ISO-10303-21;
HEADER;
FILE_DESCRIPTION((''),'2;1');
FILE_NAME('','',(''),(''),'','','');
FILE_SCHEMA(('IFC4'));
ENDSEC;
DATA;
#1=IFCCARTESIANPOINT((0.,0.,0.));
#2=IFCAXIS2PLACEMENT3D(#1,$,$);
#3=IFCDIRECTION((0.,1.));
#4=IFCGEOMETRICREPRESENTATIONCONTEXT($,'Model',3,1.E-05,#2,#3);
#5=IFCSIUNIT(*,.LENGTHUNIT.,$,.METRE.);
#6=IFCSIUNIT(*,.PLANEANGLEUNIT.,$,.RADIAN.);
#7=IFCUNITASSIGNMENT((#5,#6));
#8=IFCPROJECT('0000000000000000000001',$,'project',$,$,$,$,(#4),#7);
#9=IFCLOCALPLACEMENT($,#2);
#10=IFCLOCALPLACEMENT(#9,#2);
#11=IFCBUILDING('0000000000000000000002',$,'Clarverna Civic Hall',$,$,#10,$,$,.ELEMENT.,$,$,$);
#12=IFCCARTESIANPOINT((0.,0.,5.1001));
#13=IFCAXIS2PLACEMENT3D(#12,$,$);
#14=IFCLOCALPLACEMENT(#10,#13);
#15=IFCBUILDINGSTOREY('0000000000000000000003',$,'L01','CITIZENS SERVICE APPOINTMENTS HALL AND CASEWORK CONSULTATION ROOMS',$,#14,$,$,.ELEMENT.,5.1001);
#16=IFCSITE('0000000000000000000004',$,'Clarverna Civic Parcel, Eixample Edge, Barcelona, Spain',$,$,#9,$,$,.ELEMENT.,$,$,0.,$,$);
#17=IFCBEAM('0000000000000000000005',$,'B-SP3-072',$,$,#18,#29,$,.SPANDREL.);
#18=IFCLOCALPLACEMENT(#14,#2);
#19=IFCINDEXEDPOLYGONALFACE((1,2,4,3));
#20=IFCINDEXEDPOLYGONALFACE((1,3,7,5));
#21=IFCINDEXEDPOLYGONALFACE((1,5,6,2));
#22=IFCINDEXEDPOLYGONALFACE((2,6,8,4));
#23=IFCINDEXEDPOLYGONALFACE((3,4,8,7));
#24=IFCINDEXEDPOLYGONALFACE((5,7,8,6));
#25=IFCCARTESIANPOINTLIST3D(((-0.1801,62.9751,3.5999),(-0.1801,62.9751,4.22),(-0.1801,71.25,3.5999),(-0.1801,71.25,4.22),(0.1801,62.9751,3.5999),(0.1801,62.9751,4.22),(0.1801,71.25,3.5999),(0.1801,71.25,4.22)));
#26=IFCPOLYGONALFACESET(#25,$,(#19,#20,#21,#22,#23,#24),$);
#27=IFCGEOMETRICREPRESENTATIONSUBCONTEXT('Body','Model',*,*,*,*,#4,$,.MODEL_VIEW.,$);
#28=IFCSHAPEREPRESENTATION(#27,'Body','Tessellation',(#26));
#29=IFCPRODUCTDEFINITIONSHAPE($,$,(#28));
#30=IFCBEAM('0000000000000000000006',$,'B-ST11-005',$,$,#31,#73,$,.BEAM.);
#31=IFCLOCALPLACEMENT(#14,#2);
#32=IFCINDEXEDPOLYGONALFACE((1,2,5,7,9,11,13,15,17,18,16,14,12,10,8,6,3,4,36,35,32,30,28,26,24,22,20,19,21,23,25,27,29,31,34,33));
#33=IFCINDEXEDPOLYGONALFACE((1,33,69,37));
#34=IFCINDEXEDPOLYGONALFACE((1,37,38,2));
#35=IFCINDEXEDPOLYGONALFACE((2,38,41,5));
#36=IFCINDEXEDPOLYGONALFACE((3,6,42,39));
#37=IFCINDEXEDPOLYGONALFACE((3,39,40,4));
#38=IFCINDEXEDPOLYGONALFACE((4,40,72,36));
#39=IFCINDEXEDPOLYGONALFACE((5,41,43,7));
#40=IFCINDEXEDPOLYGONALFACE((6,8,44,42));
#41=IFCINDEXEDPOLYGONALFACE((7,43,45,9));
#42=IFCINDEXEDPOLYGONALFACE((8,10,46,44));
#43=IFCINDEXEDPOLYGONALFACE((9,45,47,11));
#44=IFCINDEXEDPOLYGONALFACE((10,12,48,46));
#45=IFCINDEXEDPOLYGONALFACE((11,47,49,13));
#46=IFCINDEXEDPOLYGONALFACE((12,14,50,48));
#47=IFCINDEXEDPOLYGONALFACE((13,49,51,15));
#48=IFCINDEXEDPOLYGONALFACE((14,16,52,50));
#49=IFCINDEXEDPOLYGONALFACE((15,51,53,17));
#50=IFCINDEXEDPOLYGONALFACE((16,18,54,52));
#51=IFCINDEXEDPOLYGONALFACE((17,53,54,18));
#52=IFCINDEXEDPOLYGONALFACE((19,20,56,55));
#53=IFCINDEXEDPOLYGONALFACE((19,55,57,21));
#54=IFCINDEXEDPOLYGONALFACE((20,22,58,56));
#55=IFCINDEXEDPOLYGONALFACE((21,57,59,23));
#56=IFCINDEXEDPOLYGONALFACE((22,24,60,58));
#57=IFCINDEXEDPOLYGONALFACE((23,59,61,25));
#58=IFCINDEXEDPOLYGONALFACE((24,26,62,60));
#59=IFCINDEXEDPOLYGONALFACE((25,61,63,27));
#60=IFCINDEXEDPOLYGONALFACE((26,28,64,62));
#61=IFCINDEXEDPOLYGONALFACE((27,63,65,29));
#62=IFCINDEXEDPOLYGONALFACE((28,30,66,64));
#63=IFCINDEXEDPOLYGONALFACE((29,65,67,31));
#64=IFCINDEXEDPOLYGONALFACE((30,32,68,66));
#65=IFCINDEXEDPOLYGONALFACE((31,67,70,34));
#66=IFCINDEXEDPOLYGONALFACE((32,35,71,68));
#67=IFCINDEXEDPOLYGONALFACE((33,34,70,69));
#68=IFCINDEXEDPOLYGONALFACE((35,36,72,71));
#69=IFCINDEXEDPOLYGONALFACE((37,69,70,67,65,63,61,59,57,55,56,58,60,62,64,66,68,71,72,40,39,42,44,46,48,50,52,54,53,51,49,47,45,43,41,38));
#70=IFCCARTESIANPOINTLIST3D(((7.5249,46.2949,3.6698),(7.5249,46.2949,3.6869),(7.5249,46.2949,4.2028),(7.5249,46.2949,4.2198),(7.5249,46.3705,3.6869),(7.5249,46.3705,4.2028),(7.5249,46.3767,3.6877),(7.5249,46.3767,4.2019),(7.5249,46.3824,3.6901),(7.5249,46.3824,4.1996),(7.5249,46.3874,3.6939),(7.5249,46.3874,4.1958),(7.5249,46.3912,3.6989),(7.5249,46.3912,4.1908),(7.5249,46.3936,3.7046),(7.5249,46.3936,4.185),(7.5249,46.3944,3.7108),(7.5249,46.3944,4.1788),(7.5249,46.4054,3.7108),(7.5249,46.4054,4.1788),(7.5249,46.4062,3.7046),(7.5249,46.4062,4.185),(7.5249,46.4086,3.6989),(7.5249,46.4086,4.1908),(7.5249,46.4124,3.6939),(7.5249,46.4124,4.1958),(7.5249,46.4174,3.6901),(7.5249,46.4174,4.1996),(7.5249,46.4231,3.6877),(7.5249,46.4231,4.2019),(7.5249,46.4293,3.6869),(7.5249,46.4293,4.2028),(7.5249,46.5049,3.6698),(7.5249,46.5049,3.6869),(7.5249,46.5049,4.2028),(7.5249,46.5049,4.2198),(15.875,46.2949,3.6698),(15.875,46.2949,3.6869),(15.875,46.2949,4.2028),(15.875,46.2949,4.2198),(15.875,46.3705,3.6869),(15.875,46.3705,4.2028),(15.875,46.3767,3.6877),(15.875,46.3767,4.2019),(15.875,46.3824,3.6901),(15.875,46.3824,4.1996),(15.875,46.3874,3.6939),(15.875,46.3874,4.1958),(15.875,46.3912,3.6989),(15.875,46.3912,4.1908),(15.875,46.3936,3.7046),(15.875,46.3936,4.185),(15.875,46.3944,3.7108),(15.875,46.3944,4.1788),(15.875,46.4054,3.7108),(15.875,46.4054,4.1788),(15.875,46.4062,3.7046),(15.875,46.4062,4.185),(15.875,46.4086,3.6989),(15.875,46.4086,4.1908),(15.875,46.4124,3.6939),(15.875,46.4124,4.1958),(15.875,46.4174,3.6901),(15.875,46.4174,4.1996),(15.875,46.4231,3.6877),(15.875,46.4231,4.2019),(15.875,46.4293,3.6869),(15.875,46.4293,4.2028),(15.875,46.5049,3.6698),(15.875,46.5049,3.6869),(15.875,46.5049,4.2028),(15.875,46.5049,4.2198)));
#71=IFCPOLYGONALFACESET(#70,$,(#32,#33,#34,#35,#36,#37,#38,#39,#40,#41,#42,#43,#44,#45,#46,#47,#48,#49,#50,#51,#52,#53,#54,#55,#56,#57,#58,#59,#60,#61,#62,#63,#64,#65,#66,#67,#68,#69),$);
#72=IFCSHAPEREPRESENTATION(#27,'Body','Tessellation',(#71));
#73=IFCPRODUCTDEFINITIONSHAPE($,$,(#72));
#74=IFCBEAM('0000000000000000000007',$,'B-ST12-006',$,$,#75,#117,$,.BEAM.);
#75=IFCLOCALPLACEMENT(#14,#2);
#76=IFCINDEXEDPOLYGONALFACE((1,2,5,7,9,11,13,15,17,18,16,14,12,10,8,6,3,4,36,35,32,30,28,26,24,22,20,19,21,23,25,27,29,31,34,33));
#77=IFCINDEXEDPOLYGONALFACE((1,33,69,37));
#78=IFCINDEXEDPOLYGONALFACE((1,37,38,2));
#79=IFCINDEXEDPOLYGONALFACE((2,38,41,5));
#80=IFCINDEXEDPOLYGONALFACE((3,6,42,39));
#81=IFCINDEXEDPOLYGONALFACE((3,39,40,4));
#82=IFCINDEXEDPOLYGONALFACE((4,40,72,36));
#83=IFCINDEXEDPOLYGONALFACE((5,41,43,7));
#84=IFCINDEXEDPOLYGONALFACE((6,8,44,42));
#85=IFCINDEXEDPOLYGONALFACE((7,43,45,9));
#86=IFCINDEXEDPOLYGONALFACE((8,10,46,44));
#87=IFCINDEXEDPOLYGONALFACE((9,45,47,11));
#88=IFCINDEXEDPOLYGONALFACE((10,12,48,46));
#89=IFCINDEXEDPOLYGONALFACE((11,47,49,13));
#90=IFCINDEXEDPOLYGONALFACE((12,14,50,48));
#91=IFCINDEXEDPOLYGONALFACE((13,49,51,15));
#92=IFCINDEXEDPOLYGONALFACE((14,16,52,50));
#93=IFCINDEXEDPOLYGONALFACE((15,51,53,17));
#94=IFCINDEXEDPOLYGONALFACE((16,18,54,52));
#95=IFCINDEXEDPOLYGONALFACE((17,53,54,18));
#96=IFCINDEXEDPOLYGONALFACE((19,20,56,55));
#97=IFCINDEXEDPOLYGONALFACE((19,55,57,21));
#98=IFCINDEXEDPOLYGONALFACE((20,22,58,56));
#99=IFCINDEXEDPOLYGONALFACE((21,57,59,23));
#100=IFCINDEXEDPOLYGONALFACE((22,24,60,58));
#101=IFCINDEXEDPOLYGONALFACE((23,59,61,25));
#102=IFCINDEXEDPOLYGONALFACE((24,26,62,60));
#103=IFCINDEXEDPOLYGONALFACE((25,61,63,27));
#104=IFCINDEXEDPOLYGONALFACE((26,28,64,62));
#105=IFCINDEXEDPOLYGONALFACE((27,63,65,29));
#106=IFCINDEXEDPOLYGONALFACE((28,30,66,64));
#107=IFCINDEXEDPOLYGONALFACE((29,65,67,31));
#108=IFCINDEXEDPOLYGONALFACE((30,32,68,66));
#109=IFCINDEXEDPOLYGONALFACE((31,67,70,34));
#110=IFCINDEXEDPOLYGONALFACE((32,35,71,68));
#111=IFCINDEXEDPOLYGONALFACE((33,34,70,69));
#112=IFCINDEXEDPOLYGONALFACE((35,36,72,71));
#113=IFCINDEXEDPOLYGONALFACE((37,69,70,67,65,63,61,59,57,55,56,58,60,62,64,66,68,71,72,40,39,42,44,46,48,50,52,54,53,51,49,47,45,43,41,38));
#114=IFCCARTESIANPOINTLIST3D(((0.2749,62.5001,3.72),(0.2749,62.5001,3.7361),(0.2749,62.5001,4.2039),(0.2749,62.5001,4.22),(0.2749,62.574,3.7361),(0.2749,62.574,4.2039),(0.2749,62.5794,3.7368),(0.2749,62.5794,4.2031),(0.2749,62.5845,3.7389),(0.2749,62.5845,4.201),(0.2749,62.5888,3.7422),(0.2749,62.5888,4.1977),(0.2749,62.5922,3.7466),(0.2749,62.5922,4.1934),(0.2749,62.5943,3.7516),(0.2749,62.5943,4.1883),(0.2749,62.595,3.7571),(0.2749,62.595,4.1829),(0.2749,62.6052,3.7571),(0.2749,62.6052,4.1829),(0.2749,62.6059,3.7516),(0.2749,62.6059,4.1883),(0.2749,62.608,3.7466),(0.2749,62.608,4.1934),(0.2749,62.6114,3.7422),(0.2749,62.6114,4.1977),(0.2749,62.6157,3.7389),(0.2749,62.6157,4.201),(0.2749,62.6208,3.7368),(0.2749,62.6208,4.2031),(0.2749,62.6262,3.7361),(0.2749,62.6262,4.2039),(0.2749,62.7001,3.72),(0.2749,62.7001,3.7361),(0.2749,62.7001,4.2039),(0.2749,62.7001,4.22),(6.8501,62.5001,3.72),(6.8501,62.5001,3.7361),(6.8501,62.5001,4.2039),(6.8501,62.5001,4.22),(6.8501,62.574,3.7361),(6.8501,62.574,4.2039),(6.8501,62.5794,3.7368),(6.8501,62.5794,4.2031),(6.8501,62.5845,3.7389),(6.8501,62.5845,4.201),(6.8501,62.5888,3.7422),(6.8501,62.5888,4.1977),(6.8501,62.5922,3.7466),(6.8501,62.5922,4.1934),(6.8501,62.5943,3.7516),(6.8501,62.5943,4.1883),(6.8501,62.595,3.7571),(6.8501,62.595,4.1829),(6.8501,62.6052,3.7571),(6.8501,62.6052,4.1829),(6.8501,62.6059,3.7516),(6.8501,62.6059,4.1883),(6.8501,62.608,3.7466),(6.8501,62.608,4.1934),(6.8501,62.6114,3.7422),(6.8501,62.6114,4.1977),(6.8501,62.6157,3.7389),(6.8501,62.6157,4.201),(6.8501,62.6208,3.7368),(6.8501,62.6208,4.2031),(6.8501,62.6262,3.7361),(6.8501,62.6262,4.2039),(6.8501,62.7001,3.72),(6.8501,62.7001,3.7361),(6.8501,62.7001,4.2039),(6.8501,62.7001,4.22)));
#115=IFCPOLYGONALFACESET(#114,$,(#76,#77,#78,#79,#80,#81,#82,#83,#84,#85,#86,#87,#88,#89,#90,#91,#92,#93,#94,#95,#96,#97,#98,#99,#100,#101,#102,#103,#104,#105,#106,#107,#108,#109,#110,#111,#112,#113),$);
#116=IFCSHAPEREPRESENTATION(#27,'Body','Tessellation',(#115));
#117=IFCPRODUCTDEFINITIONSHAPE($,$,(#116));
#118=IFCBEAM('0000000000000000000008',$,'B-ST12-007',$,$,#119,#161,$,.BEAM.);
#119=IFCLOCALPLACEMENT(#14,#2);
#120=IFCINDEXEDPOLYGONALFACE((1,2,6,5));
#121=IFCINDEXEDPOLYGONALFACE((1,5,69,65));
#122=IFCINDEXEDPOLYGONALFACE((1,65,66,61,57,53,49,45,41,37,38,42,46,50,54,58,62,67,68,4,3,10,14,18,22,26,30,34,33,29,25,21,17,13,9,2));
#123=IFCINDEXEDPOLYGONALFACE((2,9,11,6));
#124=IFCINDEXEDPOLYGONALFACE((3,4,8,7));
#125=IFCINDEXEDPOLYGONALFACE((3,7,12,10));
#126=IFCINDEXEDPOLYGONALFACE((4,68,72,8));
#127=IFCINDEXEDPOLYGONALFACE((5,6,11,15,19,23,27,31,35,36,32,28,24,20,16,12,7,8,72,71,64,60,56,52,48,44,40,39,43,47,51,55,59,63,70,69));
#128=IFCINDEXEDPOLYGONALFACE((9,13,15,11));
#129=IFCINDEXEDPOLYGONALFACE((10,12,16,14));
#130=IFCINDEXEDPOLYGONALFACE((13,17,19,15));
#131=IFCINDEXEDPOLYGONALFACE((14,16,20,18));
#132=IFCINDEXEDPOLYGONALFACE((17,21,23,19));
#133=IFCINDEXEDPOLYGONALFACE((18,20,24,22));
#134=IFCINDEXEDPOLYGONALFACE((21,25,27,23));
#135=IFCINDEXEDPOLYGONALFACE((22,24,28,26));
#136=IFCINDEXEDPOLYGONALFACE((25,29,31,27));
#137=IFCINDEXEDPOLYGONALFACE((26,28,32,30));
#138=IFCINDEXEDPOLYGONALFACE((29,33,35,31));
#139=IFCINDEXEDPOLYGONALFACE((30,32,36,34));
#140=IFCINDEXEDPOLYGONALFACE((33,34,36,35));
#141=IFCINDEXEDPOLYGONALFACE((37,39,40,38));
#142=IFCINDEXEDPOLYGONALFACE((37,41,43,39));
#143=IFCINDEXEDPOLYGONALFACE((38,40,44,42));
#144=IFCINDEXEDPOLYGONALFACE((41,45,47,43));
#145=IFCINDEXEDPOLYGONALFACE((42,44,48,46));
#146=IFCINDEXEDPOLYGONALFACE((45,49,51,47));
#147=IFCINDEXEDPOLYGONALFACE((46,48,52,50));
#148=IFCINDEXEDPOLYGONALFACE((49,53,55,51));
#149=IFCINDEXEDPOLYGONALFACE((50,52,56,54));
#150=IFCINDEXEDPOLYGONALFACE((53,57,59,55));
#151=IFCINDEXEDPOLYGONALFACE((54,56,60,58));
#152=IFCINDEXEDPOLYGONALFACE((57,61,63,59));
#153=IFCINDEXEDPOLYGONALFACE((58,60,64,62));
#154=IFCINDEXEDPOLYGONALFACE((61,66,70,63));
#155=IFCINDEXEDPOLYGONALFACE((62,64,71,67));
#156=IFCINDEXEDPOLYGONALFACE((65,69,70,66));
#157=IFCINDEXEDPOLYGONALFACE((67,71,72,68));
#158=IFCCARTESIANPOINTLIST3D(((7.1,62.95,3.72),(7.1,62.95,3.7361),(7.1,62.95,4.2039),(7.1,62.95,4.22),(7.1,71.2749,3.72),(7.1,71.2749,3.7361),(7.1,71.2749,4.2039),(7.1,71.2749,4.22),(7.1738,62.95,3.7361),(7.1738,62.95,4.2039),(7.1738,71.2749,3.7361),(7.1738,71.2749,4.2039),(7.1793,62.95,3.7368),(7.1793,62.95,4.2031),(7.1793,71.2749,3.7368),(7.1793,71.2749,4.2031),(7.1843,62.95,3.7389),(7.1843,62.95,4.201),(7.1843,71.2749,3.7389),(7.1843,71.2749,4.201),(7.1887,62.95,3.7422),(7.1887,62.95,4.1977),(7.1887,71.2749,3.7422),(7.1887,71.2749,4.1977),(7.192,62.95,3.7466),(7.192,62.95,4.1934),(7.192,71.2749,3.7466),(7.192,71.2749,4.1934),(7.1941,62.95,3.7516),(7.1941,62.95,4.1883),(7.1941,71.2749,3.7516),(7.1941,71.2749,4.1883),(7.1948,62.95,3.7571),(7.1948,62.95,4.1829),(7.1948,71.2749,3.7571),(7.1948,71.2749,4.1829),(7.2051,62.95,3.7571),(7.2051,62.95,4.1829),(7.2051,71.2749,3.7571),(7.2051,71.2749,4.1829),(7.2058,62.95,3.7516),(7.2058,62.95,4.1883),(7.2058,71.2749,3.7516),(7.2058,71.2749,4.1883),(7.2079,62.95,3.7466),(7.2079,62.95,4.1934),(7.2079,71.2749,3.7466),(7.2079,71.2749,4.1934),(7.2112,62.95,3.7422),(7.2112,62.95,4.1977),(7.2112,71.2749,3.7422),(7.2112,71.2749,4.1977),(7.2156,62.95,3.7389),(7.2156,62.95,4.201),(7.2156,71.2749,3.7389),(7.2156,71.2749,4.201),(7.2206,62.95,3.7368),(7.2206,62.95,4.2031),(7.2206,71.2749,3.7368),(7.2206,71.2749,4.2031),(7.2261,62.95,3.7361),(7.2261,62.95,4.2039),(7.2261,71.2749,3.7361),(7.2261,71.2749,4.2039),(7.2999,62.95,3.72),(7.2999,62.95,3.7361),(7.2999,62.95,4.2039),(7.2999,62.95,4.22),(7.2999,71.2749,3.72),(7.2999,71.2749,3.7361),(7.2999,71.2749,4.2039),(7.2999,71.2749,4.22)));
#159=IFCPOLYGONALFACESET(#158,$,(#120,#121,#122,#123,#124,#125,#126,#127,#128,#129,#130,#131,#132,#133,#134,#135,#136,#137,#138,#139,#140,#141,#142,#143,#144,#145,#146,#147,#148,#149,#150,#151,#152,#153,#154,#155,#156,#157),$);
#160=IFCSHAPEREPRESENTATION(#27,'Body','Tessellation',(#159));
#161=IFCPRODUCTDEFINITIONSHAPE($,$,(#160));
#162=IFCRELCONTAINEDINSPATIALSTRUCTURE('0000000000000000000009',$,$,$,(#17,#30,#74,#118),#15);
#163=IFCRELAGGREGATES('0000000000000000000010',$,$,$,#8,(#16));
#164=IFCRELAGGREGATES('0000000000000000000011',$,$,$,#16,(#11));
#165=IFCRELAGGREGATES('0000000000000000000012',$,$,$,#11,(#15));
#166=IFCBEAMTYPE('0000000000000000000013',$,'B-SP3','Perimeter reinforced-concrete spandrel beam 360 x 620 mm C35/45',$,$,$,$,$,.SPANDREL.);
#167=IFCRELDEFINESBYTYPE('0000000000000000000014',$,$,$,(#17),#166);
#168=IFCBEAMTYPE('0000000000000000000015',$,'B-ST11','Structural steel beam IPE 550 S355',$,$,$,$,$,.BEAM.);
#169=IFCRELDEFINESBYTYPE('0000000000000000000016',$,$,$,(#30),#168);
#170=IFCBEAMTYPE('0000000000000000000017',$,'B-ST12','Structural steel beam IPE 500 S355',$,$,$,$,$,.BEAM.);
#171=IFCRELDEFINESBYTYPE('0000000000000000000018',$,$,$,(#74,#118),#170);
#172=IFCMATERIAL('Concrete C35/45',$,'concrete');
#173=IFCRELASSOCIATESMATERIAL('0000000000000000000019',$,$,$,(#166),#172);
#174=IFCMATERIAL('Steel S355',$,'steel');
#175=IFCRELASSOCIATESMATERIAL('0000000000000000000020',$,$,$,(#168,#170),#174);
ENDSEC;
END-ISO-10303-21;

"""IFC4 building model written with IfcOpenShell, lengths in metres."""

from ifc_helpers import new_model, si_unit, direction, frame, origin, origin_2d, place, context, subcontext, project, spatial, rectangle, i_section, extrude, material, material_profile, profile_set, type_object, element, save


model = new_model("IFC4")

# Units and contexts
model_context = context("Model", 3, precision=1e-05, world=origin(), true_north=direction((0.0, 1.0)))
body_context = subcontext(model_context, "Body", "Model", "MODEL_VIEW")
ifc_project = project(units=[si_unit("LENGTHUNIT", "METRE"), si_unit("PLANEANGLEUNIT", "RADIAN")], contexts=[model_context])

# Site, building, storey
site_placement = place(None, origin())
site = spatial("IfcSite", under=ifc_project, at=site_placement, Name="Clarverna Civic Parcel, Eixample Edge, Barcelona, Spain", CompositionType="ELEMENT", RefElevation=0.0)
building_placement = place(site_placement, origin())
building = spatial("IfcBuilding", under=site, at=building_placement, Name="Clarverna Civic Hall", CompositionType="ELEMENT")
storey_placement = place(building_placement, frame((0.0, 0.0, 5.1001)))
storey = spatial("IfcBuildingStorey", under=building, at=storey_placement, Name="L01", Description="CITIZENS SERVICE APPOINTMENTS HALL AND CASEWORK CONSULTATION ROOMS", CompositionType="ELEMENT", Elevation=5.1001)

# Shared definitions
ifc_material_1 = material(Name="Concrete C35/45", Category="concrete")

# Beams
ifc_material_profile_1 = material_profile(ifc_material_1, rectangle(XDim=0.3601, YDim=0.6201, at=origin_2d()), Name="RC 360x620")
ifc_profile_set_1 = profile_set([ifc_material_profile_1], Name="Concrete C35/45")
beam_type_1 = type_object("IfcBeamType", Name="B-SP3", Description="Perimeter reinforced-concrete spandrel beam 360 x 620 mm C35/45", PredefinedType="SPANDREL", material=ifc_profile_set_1)
beam_1_placement = place(storey_placement, frame((0.0, 62.9751, 3.9099), z_axis=(0.0, 1.0, 0.0), x_axis=(-1.0, 0.0, 0.0)))
element("IfcBeam", 1, at=beam_1_placement, inside=storey, type_object=beam_type_1, Name="B-SP3-072", PredefinedType="SPANDREL", context=body_context, shape_type="SweptSolid", body=[
    extrude(rectangle(XDim=0.3601, YDim=0.6201, at=origin_2d()), origin(), (0.0, 0.0, 1.0), 8.2749),
])
ifc_material_2 = material(Name="Steel S355", Category="steel")
ifc_material_profile_2 = material_profile(ifc_material_2, i_section(OverallWidth=0.21, OverallDepth=0.55, WebThickness=0.011, FlangeThickness=0.0171, FilletRadius=0.0239, at=origin_2d()), Name="IPE 550")
ifc_profile_set_2 = profile_set([ifc_material_profile_2], Name="Steel S355")
beam_type_2 = type_object("IfcBeamType", Name="B-ST11", Description="Structural steel beam IPE 550 S355", PredefinedType="BEAM", material=ifc_profile_set_2)
beam_2_placement = place(storey_placement, frame((7.5249, 46.3999, 3.9448), z_axis=(1.0, 0.0, 0.0), x_axis=(0.0, 1.0, 0.0)))
element("IfcBeam", 2, at=beam_2_placement, inside=storey, type_object=beam_type_2, Name="B-ST11-005", PredefinedType="BEAM", context=body_context, shape_type="SweptSolid", body=[
    extrude(i_section(OverallWidth=0.21, OverallDepth=0.55, WebThickness=0.011, FlangeThickness=0.0171, FilletRadius=0.0239, at=origin_2d()), origin(), (0.0, 0.0, 1.0), 8.3501),
])
ifc_material_profile_3 = material_profile(ifc_material_2, i_section(OverallWidth=0.2, OverallDepth=0.5, WebThickness=0.0103, FlangeThickness=0.0161, FilletRadius=0.021, at=origin_2d()), Name="IPE 500")
ifc_profile_set_3 = profile_set([ifc_material_profile_3], Name="Steel S355")
beam_type_3 = type_object("IfcBeamType", Name="B-ST12", Description="Structural steel beam IPE 500 S355", PredefinedType="BEAM", material=ifc_profile_set_3)
beam_3_placement = place(storey_placement, frame((0.2749, 62.6001, 3.97), z_axis=(1.0, 0.0, 0.0), x_axis=(0.0, 1.0, 0.0)))
element("IfcBeam", 3, at=beam_3_placement, inside=storey, type_object=beam_type_3, Name="B-ST12-006", PredefinedType="BEAM", context=body_context, shape_type="SweptSolid", body=[
    extrude(i_section(OverallWidth=0.2, OverallDepth=0.5, WebThickness=0.0103, FlangeThickness=0.0161, FilletRadius=0.021, at=origin_2d()), origin(), (0.0, 0.0, 1.0), 6.5752),
])
beam_4_placement = place(storey_placement, frame((7.2, 62.95, 3.97), z_axis=(0.0, 1.0, 0.0), x_axis=(-1.0, 0.0, 0.0)))
element("IfcBeam", 4, at=beam_4_placement, inside=storey, type_object=beam_type_3, Name="B-ST12-007", PredefinedType="BEAM", context=body_context, shape_type="SweptSolid", body=[
    extrude(i_section(OverallWidth=0.2, OverallDepth=0.5, WebThickness=0.0103, FlangeThickness=0.0161, FilletRadius=0.021, at=origin_2d()), origin(), (0.0, 0.0, 1.0), 8.325),
])

save(model, "model.ifc")
